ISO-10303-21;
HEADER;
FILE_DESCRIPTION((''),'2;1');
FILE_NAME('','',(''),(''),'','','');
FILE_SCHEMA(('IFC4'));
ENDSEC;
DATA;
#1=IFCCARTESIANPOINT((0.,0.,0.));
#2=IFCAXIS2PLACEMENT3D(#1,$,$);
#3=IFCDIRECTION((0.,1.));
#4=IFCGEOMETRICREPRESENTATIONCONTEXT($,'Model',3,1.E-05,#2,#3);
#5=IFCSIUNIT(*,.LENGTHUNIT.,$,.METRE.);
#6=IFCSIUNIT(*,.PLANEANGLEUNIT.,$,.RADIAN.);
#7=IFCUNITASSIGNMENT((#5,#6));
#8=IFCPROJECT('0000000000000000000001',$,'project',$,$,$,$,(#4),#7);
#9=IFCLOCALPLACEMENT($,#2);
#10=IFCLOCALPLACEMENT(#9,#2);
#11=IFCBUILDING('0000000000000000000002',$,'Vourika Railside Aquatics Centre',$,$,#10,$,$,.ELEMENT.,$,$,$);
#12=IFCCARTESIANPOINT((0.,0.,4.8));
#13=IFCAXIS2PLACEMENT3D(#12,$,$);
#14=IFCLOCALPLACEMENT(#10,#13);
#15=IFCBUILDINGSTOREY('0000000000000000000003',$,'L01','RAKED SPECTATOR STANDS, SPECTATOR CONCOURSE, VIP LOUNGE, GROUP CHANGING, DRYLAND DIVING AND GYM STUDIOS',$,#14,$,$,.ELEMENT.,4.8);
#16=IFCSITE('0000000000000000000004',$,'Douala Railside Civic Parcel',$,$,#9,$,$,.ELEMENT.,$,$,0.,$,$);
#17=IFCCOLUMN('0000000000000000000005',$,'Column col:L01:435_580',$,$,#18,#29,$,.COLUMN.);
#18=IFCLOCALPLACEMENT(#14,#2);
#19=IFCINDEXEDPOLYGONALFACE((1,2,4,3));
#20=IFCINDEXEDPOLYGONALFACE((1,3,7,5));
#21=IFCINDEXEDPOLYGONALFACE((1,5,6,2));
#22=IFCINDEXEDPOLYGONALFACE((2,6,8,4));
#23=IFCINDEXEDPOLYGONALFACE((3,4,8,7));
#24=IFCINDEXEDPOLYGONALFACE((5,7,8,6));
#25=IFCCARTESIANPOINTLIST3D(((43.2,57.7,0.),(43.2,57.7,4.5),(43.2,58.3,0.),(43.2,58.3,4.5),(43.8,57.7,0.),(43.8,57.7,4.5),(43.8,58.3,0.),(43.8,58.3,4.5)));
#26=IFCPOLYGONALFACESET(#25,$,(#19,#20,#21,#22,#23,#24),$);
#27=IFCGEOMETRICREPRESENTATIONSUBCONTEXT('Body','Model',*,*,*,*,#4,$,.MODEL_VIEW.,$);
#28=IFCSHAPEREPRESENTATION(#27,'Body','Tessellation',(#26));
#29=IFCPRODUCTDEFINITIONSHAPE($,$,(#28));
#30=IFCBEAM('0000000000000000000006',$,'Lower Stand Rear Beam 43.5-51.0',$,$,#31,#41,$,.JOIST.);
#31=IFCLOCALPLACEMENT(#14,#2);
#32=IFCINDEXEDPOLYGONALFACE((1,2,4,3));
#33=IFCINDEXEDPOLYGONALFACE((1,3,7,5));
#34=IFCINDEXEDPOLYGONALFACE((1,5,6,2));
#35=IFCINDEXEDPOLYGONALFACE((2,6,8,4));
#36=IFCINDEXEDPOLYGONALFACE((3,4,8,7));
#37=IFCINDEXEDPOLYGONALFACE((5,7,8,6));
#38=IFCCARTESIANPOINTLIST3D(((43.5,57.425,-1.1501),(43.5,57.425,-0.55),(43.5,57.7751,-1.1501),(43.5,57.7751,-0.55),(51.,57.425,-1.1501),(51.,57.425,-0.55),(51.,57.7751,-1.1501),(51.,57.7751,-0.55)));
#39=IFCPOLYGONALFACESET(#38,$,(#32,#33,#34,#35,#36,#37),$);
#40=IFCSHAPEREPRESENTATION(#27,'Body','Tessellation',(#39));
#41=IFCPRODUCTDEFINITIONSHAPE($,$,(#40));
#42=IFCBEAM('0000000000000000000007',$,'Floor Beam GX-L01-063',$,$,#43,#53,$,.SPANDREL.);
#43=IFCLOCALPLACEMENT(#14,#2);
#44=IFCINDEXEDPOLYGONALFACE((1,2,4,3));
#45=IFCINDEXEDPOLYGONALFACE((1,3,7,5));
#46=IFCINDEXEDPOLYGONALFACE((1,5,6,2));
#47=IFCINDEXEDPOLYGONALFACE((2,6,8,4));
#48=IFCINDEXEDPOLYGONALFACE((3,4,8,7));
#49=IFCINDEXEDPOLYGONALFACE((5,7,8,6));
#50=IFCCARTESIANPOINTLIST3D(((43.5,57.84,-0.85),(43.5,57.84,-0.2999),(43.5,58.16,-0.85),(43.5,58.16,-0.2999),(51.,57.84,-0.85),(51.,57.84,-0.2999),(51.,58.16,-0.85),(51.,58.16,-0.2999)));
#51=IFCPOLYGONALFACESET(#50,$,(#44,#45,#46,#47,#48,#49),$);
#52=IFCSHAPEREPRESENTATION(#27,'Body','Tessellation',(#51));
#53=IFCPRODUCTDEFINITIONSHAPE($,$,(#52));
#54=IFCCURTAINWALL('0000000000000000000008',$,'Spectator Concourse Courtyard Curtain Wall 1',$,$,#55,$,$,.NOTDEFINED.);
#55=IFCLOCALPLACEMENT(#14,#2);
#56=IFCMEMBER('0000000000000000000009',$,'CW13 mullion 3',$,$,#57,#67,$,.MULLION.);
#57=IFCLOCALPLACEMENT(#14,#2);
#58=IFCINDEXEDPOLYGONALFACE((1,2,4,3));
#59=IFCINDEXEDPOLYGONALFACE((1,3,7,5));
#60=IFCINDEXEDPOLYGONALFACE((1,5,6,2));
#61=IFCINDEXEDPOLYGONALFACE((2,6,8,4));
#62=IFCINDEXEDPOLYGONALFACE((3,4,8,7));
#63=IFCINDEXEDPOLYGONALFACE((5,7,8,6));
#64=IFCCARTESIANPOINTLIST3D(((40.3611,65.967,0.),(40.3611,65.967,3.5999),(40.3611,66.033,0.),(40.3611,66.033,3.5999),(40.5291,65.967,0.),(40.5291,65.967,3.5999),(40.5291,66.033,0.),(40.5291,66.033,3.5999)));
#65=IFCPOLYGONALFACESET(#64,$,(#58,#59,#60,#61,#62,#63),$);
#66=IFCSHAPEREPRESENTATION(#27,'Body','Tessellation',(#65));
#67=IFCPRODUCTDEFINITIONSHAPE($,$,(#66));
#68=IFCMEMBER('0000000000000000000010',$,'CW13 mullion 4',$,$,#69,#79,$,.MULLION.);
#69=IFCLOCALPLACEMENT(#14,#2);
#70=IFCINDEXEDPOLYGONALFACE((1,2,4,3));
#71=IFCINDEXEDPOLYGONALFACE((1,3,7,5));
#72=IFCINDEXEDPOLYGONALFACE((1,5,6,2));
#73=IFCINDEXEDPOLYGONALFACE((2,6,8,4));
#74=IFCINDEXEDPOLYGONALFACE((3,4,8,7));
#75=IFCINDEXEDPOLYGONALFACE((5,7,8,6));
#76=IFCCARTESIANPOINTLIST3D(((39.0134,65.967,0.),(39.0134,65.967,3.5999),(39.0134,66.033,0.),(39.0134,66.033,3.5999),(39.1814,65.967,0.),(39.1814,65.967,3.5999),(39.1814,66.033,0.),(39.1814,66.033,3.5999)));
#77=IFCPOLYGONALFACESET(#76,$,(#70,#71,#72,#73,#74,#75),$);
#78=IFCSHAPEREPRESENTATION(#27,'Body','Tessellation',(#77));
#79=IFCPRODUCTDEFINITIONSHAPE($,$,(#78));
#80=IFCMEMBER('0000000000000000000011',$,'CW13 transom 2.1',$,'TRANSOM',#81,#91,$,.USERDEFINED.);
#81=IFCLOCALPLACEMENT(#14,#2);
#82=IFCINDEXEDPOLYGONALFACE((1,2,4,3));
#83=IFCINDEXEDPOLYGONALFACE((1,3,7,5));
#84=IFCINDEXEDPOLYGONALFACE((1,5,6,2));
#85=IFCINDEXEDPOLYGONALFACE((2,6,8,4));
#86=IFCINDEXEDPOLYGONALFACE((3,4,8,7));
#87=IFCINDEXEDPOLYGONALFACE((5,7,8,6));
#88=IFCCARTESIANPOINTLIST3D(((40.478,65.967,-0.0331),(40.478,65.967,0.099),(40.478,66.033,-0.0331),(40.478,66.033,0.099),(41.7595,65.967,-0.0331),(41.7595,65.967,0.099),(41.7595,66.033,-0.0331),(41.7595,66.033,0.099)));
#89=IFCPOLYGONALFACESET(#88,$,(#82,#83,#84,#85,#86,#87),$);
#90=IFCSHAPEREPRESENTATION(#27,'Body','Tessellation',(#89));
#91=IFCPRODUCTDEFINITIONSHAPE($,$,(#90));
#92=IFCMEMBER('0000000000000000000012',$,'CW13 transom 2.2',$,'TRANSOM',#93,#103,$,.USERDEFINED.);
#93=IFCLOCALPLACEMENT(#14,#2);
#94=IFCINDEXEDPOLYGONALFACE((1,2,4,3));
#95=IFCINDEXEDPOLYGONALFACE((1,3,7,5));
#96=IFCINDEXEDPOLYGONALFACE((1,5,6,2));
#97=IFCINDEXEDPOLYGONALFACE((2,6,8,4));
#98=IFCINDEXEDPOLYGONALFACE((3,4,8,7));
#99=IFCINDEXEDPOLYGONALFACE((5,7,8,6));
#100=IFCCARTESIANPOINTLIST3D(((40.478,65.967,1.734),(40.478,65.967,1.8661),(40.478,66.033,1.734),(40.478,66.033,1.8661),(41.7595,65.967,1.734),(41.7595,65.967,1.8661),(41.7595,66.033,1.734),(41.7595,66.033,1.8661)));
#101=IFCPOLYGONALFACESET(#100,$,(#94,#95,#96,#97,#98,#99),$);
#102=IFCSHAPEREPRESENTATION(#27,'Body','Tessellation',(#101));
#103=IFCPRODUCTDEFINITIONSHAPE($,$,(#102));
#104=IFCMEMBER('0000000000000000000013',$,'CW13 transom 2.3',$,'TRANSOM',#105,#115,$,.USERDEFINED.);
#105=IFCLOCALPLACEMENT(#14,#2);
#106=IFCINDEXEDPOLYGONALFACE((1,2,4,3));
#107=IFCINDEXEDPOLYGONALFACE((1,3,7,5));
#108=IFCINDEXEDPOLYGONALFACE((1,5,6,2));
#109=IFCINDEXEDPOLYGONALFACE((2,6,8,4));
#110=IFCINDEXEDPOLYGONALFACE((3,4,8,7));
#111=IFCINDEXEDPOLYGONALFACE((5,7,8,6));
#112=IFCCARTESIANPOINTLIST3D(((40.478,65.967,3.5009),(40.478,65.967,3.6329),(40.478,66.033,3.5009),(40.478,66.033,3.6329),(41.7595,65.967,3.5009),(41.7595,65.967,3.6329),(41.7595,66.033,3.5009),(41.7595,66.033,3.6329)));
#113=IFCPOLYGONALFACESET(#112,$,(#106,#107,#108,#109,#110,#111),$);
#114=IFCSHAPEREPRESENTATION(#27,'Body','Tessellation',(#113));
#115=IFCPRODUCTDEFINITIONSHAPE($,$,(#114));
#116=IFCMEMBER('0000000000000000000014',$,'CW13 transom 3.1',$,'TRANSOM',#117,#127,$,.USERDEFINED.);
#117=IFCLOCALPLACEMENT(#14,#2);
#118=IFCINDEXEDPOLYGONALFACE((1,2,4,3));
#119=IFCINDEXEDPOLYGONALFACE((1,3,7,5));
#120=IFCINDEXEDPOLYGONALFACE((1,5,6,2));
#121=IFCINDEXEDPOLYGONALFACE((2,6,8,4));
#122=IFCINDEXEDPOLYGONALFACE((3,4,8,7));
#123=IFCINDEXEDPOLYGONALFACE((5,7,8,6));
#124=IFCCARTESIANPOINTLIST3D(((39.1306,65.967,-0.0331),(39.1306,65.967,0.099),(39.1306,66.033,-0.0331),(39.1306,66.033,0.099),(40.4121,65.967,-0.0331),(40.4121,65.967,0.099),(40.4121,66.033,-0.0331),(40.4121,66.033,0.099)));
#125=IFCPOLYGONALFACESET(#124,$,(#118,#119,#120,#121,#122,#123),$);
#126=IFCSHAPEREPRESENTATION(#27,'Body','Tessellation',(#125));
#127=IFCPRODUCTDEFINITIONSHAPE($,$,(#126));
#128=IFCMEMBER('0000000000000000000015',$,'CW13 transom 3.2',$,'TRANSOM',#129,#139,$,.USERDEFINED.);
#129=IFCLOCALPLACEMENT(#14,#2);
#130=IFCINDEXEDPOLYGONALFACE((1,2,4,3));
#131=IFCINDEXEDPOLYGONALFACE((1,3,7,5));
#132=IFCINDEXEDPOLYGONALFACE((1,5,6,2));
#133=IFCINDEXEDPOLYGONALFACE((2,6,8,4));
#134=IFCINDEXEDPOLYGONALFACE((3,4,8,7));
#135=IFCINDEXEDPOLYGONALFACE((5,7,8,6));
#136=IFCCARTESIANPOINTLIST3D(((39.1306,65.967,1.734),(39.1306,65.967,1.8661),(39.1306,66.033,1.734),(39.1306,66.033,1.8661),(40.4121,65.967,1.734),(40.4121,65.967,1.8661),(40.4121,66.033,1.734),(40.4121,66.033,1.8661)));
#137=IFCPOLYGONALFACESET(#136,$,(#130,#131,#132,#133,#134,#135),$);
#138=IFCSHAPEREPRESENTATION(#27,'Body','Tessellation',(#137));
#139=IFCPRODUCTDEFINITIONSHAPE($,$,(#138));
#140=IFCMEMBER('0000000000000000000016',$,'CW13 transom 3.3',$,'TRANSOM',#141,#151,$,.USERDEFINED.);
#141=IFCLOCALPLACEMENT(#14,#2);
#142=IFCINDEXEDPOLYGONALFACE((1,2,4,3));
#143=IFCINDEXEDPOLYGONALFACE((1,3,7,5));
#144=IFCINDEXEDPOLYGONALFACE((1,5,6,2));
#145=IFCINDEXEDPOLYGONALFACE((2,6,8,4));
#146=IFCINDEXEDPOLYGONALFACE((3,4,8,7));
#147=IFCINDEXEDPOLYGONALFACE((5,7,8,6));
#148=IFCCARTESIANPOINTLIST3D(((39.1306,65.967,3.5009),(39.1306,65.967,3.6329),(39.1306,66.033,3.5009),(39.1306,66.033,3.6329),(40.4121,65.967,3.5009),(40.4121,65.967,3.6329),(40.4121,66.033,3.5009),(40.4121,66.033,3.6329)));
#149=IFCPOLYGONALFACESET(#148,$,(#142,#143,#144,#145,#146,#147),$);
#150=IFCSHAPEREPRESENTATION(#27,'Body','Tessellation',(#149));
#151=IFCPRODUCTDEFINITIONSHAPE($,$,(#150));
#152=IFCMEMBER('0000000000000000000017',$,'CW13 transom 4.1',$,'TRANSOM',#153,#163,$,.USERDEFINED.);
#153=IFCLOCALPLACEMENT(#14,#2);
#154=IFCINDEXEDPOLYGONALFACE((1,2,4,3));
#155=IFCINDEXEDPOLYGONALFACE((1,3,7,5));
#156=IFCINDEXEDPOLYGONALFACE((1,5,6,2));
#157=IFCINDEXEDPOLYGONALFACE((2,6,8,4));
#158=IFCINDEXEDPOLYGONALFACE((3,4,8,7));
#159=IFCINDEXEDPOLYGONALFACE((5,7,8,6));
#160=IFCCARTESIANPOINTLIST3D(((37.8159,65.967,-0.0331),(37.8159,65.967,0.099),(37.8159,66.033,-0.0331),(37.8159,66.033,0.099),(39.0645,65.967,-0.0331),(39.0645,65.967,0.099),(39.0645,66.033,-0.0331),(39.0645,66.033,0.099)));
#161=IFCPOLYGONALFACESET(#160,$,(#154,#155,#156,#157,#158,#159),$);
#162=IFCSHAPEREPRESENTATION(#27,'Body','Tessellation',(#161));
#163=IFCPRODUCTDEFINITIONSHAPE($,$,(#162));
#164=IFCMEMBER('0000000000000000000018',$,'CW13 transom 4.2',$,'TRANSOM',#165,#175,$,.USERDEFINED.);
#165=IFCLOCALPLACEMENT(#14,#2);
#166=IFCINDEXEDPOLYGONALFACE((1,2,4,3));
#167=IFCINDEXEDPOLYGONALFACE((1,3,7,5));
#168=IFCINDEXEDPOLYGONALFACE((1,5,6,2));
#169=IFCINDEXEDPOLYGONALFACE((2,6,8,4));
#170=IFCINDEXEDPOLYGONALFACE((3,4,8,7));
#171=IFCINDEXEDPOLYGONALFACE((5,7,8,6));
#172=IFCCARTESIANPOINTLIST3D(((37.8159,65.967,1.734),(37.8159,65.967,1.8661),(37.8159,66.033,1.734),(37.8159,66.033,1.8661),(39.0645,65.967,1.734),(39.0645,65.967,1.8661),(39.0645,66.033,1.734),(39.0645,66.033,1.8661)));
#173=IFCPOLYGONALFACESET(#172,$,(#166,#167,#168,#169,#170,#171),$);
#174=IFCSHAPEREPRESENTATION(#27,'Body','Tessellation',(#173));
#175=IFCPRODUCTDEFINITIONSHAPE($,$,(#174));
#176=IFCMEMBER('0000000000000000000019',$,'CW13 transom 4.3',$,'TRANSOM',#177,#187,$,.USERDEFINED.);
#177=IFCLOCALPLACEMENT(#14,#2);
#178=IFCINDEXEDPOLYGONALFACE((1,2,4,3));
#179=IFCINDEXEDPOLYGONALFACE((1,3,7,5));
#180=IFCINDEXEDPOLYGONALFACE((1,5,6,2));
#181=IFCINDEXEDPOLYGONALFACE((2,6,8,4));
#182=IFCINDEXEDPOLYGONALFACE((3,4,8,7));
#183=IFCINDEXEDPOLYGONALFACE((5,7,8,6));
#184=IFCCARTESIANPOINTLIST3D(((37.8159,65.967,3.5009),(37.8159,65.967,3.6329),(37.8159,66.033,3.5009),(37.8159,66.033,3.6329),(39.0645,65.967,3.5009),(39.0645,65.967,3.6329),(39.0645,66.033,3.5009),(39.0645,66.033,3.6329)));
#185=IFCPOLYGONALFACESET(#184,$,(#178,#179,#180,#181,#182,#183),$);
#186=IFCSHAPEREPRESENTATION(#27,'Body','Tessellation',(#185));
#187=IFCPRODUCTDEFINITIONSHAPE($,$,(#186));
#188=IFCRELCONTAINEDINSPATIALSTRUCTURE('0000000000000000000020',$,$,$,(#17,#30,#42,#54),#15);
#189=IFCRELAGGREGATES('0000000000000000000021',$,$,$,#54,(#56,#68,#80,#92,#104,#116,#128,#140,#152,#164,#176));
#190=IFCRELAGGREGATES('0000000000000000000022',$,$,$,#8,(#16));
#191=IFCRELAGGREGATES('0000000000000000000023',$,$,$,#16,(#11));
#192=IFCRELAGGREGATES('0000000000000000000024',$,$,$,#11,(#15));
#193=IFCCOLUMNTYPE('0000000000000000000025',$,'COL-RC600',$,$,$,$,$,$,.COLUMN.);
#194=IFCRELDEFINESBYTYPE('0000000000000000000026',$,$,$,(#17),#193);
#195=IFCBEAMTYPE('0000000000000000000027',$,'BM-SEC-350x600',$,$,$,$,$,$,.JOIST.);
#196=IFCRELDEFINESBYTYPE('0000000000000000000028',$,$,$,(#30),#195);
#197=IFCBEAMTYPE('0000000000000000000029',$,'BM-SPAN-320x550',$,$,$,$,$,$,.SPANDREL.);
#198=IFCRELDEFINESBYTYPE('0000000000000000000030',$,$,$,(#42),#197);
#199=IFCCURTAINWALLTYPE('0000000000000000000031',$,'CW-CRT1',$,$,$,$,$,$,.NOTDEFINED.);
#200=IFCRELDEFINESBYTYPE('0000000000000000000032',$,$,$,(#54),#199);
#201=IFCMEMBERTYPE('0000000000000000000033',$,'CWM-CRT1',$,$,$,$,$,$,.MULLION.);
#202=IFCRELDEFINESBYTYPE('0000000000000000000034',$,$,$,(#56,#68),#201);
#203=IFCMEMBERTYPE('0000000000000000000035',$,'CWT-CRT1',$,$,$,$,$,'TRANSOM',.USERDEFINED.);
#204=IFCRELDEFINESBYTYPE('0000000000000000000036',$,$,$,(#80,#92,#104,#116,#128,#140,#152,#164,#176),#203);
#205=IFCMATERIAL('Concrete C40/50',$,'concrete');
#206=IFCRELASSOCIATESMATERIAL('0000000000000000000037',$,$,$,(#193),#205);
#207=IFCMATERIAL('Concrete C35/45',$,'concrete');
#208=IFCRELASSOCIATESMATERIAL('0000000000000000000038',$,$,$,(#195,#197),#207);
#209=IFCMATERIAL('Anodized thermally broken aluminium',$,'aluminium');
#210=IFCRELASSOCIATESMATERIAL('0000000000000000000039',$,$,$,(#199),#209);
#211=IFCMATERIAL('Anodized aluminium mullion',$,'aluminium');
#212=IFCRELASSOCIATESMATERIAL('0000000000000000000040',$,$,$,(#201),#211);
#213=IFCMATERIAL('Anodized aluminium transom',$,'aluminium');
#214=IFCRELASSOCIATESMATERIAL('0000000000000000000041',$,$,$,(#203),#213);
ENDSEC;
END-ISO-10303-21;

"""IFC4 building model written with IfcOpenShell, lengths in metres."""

from ifc_helpers import new_model, si_unit, direction, frame, origin, origin_2d, place, context, subcontext, project, spatial, rectangle, extrude, material, material_profile, profile_set, type_object, element, aggregate, save


model = new_model("IFC4")

# Units and contexts
model_context = context("Model", 3, precision=1e-05, world=origin(), true_north=direction((0.0, 1.0)))
body_context = subcontext(model_context, "Body", "Model", "MODEL_VIEW")
ifc_project = project(units=[si_unit("LENGTHUNIT", "METRE"), si_unit("PLANEANGLEUNIT", "RADIAN")], contexts=[model_context])

# Site, building, storey
site_placement = place(None, origin())
site = spatial("IfcSite", under=ifc_project, at=site_placement, Name="Douala Railside Civic Parcel", CompositionType="ELEMENT", RefElevation=0.0)
building_placement = place(site_placement, origin())
building = spatial("IfcBuilding", under=site, at=building_placement, Name="Vourika Railside Aquatics Centre", CompositionType="ELEMENT")
storey_placement = place(building_placement, frame((0.0, 0.0, 4.8)))
storey = spatial("IfcBuildingStorey", under=building, at=storey_placement, Name="L01", Description="RAKED SPECTATOR STANDS, SPECTATOR CONCOURSE, VIP LOUNGE, GROUP CHANGING, DRYLAND DIVING AND GYM STUDIOS", CompositionType="ELEMENT", Elevation=4.8)

# Column
ifc_material_1 = material(Name="Concrete C40/50", Category="concrete")
ifc_material_profile_1 = material_profile(ifc_material_1, rectangle(XDim=0.6001, YDim=0.6001, at=origin_2d()), Name="RC 600x600")
ifc_profile_set_1 = profile_set([ifc_material_profile_1], Name="Concrete C40/50")
column_type = type_object("IfcColumnType", Name="COL-RC600", PredefinedType="COLUMN", material=ifc_profile_set_1)
column_placement = place(storey_placement, frame((43.5, 58.0, 0.0), z_axis=(0.0, 0.0, 1.0), x_axis=(1.0, 0.0, 0.0)))
element("IfcColumn", 1, at=column_placement, inside=storey, type_object=column_type, Name="Column col:L01:435_580", PredefinedType="COLUMN", context=body_context, shape_type="SweptSolid", body=[
    extrude(rectangle(XDim=0.6001, YDim=0.6001, at=origin_2d()), origin(), (0.0, 0.0, 1.0), 4.5),
])

# Beams
ifc_material_2 = material(Name="Concrete C35/45", Category="concrete")
ifc_material_profile_2 = material_profile(ifc_material_2, rectangle(XDim=0.3501, YDim=0.6001, at=origin_2d()), Name="RC 350x600")
ifc_profile_set_2 = profile_set([ifc_material_profile_2], Name="Concrete C35/45")
beam_type_1 = type_object("IfcBeamType", Name="BM-SEC-350x600", PredefinedType="JOIST", material=ifc_profile_set_2)
beam_1_placement = place(storey_placement, frame((43.5, 57.6001, -0.8501), z_axis=(1.0, 0.0, 0.0), x_axis=(0.0, 1.0, 0.0)))
element("IfcBeam", 2, at=beam_1_placement, inside=storey, type_object=beam_type_1, Name="Lower Stand Rear Beam 43.5-51.0", PredefinedType="JOIST", context=body_context, shape_type="SweptSolid", body=[
    extrude(rectangle(XDim=0.3501, YDim=0.6001, at=origin_2d()), origin(), (0.0, 0.0, 1.0), 7.5),
])
ifc_material_profile_3 = material_profile(ifc_material_2, rectangle(XDim=0.3201, YDim=0.55, at=origin_2d()), Name="RC 320x550")
ifc_profile_set_3 = profile_set([ifc_material_profile_3], Name="Concrete C35/45")
beam_type_2 = type_object("IfcBeamType", Name="BM-SPAN-320x550", PredefinedType="SPANDREL", material=ifc_profile_set_3)
beam_2_placement = place(storey_placement, frame((43.5, 58.0, -0.575), z_axis=(1.0, 0.0, 0.0), x_axis=(0.0, 1.0, 0.0)))
element("IfcBeam", 3, at=beam_2_placement, inside=storey, type_object=beam_type_2, Name="Floor Beam GX-L01-063", PredefinedType="SPANDREL", context=body_context, shape_type="SweptSolid", body=[
    extrude(rectangle(XDim=0.3201, YDim=0.55, at=origin_2d()), origin(), (0.0, 0.0, 1.0), 7.5),
])

# Curtain wall, members
ifc_material_3 = material(Name="Anodized thermally broken aluminium", Category="aluminium")
curtain_wall_type = type_object("IfcCurtainWallType", Name="CW-CRT1", PredefinedType="NOTDEFINED", material=ifc_material_3)
curtain_wall_placement = place(storey_placement, origin())
curtain_wall = element("IfcCurtainWall", 4, at=curtain_wall_placement, inside=storey, type_object=curtain_wall_type, Name="Spectator Concourse Courtyard Curtain Wall 1", PredefinedType="NOTDEFINED")
ifc_material_4 = material(Name="Anodized aluminium mullion", Category="aluminium")
ifc_material_profile_4 = material_profile(ifc_material_4, rectangle(XDim=0.0659, YDim=0.168, at=origin_2d()), Name="ALU-M 66x168")
ifc_profile_set_4 = profile_set([ifc_material_profile_4], Name="Anodized aluminium mullion")
member_type_1 = type_object("IfcMemberType", Name="CWM-CRT1", PredefinedType="MULLION", material=ifc_profile_set_4)
member_1_placement = place(storey_placement, frame((40.4451, 66.0, 0.0), z_axis=(0.0, 0.0, 1.0), x_axis=(0.0, -1.0, 0.0)))
member_1 = element("IfcMember", 5, at=member_1_placement, type_object=member_type_1, Name="CW13 mullion 3", PredefinedType="MULLION", context=body_context, shape_type="SweptSolid", body=[
    extrude(rectangle(XDim=0.0659, YDim=0.168, at=origin_2d()), origin(), (0.0, 0.0, 1.0), 3.5999),
])
member_2_placement = place(storey_placement, frame((39.0974, 66.0, 0.0), z_axis=(0.0, 0.0, 1.0), x_axis=(0.0, -1.0, 0.0)))
member_2 = element("IfcMember", 6, at=member_2_placement, type_object=member_type_1, Name="CW13 mullion 4", PredefinedType="MULLION", context=body_context, shape_type="SweptSolid", body=[
    extrude(rectangle(XDim=0.0659, YDim=0.168, at=origin_2d()), origin(), (0.0, 0.0, 1.0), 3.5999),
])
ifc_material_5 = material(Name="Anodized aluminium transom", Category="aluminium")
ifc_material_profile_5 = material_profile(ifc_material_5, rectangle(XDim=0.0659, YDim=0.1321, at=origin_2d()), Name="ALU-T 66x132")
ifc_profile_set_5 = profile_set([ifc_material_profile_5], Name="Anodized aluminium transom")
member_type_2 = type_object("IfcMemberType", Name="CWT-CRT1", ElementType="TRANSOM", PredefinedType="USERDEFINED", material=ifc_profile_set_5)
member_3_placement = place(storey_placement, frame((41.7595, 66.0, 0.033), z_axis=(-1.0, 0.0, 0.0), x_axis=(0.0, -1.0, 0.0)))
member_3 = element("IfcMember", 7, at=member_3_placement, type_object=member_type_2, Name="CW13 transom 2.1", ObjectType="TRANSOM", PredefinedType="USERDEFINED", context=body_context, shape_type="SweptSolid", body=[
    extrude(rectangle(XDim=0.0659, YDim=0.1321, at=origin_2d()), origin(), (0.0, 0.0, 1.0), 1.2815),
])
member_4_placement = place(storey_placement, frame((41.7595, 66.0, 1.8), z_axis=(-1.0, 0.0, 0.0), x_axis=(0.0, -1.0, 0.0)))
member_4 = element("IfcMember", 8, at=member_4_placement, type_object=member_type_2, Name="CW13 transom 2.2", ObjectType="TRANSOM", PredefinedType="USERDEFINED", context=body_context, shape_type="SweptSolid", body=[
    extrude(rectangle(XDim=0.0659, YDim=0.1321, at=origin_2d()), origin(), (0.0, 0.0, 1.0), 1.2815),
])
member_5_placement = place(storey_placement, frame((41.7595, 66.0, 3.5669), z_axis=(-1.0, 0.0, 0.0), x_axis=(0.0, -1.0, 0.0)))
member_5 = element("IfcMember", 9, at=member_5_placement, type_object=member_type_2, Name="CW13 transom 2.3", ObjectType="TRANSOM", PredefinedType="USERDEFINED", context=body_context, shape_type="SweptSolid", body=[
    extrude(rectangle(XDim=0.0659, YDim=0.1321, at=origin_2d()), origin(), (0.0, 0.0, 1.0), 1.2815),
])
member_6_placement = place(storey_placement, frame((40.4121, 66.0, 0.033), z_axis=(-1.0, 0.0, 0.0), x_axis=(0.0, -1.0, 0.0)))
member_6 = element("IfcMember", 10, at=member_6_placement, type_object=member_type_2, Name="CW13 transom 3.1", ObjectType="TRANSOM", PredefinedType="USERDEFINED", context=body_context, shape_type="SweptSolid", body=[
    extrude(rectangle(XDim=0.0659, YDim=0.1321, at=origin_2d()), origin(), (0.0, 0.0, 1.0), 1.2815),
])
member_7_placement = place(storey_placement, frame((40.4121, 66.0, 1.8), z_axis=(-1.0, 0.0, 0.0), x_axis=(0.0, -1.0, 0.0)))
member_7 = element("IfcMember", 11, at=member_7_placement, type_object=member_type_2, Name="CW13 transom 3.2", ObjectType="TRANSOM", PredefinedType="USERDEFINED", context=body_context, shape_type="SweptSolid", body=[
    extrude(rectangle(XDim=0.0659, YDim=0.1321, at=origin_2d()), origin(), (0.0, 0.0, 1.0), 1.2815),
])
member_8_placement = place(storey_placement, frame((40.4121, 66.0, 3.5669), z_axis=(-1.0, 0.0, 0.0), x_axis=(0.0, -1.0, 0.0)))
member_8 = element("IfcMember", 12, at=member_8_placement, type_object=member_type_2, Name="CW13 transom 3.3", ObjectType="TRANSOM", PredefinedType="USERDEFINED", context=body_context, shape_type="SweptSolid", body=[
    extrude(rectangle(XDim=0.0659, YDim=0.1321, at=origin_2d()), origin(), (0.0, 0.0, 1.0), 1.2815),
])
member_9_placement = place(storey_placement, frame((39.0645, 66.0, 0.033), z_axis=(-1.0, 0.0, 0.0), x_axis=(0.0, -1.0, 0.0)))
member_9 = element("IfcMember", 13, at=member_9_placement, type_object=member_type_2, Name="CW13 transom 4.1", ObjectType="TRANSOM", PredefinedType="USERDEFINED", context=body_context, shape_type="SweptSolid", body=[
    extrude(rectangle(XDim=0.0659, YDim=0.1321, at=origin_2d()), origin(), (0.0, 0.0, 1.0), 1.2485),
])
member_10_placement = place(storey_placement, frame((39.0645, 66.0, 1.8), z_axis=(-1.0, 0.0, 0.0), x_axis=(0.0, -1.0, 0.0)))
member_10 = element("IfcMember", 14, at=member_10_placement, type_object=member_type_2, Name="CW13 transom 4.2", ObjectType="TRANSOM", PredefinedType="USERDEFINED", context=body_context, shape_type="SweptSolid", body=[
    extrude(rectangle(XDim=0.0659, YDim=0.1321, at=origin_2d()), origin(), (0.0, 0.0, 1.0), 1.2485),
])
member_11_placement = place(storey_placement, frame((39.0645, 66.0, 3.5669), z_axis=(-1.0, 0.0, 0.0), x_axis=(0.0, -1.0, 0.0)))
member_11 = element("IfcMember", 15, at=member_11_placement, type_object=member_type_2, Name="CW13 transom 4.3", ObjectType="TRANSOM", PredefinedType="USERDEFINED", context=body_context, shape_type="SweptSolid", body=[
    extrude(rectangle(XDim=0.0659, YDim=0.1321, at=origin_2d()), origin(), (0.0, 0.0, 1.0), 1.2485),
])
aggregate(curtain_wall, [member_1, member_2, member_3, member_4, member_5, member_6, member_7, member_8, member_9, member_10, member_11])

save(model, "model.ifc")
